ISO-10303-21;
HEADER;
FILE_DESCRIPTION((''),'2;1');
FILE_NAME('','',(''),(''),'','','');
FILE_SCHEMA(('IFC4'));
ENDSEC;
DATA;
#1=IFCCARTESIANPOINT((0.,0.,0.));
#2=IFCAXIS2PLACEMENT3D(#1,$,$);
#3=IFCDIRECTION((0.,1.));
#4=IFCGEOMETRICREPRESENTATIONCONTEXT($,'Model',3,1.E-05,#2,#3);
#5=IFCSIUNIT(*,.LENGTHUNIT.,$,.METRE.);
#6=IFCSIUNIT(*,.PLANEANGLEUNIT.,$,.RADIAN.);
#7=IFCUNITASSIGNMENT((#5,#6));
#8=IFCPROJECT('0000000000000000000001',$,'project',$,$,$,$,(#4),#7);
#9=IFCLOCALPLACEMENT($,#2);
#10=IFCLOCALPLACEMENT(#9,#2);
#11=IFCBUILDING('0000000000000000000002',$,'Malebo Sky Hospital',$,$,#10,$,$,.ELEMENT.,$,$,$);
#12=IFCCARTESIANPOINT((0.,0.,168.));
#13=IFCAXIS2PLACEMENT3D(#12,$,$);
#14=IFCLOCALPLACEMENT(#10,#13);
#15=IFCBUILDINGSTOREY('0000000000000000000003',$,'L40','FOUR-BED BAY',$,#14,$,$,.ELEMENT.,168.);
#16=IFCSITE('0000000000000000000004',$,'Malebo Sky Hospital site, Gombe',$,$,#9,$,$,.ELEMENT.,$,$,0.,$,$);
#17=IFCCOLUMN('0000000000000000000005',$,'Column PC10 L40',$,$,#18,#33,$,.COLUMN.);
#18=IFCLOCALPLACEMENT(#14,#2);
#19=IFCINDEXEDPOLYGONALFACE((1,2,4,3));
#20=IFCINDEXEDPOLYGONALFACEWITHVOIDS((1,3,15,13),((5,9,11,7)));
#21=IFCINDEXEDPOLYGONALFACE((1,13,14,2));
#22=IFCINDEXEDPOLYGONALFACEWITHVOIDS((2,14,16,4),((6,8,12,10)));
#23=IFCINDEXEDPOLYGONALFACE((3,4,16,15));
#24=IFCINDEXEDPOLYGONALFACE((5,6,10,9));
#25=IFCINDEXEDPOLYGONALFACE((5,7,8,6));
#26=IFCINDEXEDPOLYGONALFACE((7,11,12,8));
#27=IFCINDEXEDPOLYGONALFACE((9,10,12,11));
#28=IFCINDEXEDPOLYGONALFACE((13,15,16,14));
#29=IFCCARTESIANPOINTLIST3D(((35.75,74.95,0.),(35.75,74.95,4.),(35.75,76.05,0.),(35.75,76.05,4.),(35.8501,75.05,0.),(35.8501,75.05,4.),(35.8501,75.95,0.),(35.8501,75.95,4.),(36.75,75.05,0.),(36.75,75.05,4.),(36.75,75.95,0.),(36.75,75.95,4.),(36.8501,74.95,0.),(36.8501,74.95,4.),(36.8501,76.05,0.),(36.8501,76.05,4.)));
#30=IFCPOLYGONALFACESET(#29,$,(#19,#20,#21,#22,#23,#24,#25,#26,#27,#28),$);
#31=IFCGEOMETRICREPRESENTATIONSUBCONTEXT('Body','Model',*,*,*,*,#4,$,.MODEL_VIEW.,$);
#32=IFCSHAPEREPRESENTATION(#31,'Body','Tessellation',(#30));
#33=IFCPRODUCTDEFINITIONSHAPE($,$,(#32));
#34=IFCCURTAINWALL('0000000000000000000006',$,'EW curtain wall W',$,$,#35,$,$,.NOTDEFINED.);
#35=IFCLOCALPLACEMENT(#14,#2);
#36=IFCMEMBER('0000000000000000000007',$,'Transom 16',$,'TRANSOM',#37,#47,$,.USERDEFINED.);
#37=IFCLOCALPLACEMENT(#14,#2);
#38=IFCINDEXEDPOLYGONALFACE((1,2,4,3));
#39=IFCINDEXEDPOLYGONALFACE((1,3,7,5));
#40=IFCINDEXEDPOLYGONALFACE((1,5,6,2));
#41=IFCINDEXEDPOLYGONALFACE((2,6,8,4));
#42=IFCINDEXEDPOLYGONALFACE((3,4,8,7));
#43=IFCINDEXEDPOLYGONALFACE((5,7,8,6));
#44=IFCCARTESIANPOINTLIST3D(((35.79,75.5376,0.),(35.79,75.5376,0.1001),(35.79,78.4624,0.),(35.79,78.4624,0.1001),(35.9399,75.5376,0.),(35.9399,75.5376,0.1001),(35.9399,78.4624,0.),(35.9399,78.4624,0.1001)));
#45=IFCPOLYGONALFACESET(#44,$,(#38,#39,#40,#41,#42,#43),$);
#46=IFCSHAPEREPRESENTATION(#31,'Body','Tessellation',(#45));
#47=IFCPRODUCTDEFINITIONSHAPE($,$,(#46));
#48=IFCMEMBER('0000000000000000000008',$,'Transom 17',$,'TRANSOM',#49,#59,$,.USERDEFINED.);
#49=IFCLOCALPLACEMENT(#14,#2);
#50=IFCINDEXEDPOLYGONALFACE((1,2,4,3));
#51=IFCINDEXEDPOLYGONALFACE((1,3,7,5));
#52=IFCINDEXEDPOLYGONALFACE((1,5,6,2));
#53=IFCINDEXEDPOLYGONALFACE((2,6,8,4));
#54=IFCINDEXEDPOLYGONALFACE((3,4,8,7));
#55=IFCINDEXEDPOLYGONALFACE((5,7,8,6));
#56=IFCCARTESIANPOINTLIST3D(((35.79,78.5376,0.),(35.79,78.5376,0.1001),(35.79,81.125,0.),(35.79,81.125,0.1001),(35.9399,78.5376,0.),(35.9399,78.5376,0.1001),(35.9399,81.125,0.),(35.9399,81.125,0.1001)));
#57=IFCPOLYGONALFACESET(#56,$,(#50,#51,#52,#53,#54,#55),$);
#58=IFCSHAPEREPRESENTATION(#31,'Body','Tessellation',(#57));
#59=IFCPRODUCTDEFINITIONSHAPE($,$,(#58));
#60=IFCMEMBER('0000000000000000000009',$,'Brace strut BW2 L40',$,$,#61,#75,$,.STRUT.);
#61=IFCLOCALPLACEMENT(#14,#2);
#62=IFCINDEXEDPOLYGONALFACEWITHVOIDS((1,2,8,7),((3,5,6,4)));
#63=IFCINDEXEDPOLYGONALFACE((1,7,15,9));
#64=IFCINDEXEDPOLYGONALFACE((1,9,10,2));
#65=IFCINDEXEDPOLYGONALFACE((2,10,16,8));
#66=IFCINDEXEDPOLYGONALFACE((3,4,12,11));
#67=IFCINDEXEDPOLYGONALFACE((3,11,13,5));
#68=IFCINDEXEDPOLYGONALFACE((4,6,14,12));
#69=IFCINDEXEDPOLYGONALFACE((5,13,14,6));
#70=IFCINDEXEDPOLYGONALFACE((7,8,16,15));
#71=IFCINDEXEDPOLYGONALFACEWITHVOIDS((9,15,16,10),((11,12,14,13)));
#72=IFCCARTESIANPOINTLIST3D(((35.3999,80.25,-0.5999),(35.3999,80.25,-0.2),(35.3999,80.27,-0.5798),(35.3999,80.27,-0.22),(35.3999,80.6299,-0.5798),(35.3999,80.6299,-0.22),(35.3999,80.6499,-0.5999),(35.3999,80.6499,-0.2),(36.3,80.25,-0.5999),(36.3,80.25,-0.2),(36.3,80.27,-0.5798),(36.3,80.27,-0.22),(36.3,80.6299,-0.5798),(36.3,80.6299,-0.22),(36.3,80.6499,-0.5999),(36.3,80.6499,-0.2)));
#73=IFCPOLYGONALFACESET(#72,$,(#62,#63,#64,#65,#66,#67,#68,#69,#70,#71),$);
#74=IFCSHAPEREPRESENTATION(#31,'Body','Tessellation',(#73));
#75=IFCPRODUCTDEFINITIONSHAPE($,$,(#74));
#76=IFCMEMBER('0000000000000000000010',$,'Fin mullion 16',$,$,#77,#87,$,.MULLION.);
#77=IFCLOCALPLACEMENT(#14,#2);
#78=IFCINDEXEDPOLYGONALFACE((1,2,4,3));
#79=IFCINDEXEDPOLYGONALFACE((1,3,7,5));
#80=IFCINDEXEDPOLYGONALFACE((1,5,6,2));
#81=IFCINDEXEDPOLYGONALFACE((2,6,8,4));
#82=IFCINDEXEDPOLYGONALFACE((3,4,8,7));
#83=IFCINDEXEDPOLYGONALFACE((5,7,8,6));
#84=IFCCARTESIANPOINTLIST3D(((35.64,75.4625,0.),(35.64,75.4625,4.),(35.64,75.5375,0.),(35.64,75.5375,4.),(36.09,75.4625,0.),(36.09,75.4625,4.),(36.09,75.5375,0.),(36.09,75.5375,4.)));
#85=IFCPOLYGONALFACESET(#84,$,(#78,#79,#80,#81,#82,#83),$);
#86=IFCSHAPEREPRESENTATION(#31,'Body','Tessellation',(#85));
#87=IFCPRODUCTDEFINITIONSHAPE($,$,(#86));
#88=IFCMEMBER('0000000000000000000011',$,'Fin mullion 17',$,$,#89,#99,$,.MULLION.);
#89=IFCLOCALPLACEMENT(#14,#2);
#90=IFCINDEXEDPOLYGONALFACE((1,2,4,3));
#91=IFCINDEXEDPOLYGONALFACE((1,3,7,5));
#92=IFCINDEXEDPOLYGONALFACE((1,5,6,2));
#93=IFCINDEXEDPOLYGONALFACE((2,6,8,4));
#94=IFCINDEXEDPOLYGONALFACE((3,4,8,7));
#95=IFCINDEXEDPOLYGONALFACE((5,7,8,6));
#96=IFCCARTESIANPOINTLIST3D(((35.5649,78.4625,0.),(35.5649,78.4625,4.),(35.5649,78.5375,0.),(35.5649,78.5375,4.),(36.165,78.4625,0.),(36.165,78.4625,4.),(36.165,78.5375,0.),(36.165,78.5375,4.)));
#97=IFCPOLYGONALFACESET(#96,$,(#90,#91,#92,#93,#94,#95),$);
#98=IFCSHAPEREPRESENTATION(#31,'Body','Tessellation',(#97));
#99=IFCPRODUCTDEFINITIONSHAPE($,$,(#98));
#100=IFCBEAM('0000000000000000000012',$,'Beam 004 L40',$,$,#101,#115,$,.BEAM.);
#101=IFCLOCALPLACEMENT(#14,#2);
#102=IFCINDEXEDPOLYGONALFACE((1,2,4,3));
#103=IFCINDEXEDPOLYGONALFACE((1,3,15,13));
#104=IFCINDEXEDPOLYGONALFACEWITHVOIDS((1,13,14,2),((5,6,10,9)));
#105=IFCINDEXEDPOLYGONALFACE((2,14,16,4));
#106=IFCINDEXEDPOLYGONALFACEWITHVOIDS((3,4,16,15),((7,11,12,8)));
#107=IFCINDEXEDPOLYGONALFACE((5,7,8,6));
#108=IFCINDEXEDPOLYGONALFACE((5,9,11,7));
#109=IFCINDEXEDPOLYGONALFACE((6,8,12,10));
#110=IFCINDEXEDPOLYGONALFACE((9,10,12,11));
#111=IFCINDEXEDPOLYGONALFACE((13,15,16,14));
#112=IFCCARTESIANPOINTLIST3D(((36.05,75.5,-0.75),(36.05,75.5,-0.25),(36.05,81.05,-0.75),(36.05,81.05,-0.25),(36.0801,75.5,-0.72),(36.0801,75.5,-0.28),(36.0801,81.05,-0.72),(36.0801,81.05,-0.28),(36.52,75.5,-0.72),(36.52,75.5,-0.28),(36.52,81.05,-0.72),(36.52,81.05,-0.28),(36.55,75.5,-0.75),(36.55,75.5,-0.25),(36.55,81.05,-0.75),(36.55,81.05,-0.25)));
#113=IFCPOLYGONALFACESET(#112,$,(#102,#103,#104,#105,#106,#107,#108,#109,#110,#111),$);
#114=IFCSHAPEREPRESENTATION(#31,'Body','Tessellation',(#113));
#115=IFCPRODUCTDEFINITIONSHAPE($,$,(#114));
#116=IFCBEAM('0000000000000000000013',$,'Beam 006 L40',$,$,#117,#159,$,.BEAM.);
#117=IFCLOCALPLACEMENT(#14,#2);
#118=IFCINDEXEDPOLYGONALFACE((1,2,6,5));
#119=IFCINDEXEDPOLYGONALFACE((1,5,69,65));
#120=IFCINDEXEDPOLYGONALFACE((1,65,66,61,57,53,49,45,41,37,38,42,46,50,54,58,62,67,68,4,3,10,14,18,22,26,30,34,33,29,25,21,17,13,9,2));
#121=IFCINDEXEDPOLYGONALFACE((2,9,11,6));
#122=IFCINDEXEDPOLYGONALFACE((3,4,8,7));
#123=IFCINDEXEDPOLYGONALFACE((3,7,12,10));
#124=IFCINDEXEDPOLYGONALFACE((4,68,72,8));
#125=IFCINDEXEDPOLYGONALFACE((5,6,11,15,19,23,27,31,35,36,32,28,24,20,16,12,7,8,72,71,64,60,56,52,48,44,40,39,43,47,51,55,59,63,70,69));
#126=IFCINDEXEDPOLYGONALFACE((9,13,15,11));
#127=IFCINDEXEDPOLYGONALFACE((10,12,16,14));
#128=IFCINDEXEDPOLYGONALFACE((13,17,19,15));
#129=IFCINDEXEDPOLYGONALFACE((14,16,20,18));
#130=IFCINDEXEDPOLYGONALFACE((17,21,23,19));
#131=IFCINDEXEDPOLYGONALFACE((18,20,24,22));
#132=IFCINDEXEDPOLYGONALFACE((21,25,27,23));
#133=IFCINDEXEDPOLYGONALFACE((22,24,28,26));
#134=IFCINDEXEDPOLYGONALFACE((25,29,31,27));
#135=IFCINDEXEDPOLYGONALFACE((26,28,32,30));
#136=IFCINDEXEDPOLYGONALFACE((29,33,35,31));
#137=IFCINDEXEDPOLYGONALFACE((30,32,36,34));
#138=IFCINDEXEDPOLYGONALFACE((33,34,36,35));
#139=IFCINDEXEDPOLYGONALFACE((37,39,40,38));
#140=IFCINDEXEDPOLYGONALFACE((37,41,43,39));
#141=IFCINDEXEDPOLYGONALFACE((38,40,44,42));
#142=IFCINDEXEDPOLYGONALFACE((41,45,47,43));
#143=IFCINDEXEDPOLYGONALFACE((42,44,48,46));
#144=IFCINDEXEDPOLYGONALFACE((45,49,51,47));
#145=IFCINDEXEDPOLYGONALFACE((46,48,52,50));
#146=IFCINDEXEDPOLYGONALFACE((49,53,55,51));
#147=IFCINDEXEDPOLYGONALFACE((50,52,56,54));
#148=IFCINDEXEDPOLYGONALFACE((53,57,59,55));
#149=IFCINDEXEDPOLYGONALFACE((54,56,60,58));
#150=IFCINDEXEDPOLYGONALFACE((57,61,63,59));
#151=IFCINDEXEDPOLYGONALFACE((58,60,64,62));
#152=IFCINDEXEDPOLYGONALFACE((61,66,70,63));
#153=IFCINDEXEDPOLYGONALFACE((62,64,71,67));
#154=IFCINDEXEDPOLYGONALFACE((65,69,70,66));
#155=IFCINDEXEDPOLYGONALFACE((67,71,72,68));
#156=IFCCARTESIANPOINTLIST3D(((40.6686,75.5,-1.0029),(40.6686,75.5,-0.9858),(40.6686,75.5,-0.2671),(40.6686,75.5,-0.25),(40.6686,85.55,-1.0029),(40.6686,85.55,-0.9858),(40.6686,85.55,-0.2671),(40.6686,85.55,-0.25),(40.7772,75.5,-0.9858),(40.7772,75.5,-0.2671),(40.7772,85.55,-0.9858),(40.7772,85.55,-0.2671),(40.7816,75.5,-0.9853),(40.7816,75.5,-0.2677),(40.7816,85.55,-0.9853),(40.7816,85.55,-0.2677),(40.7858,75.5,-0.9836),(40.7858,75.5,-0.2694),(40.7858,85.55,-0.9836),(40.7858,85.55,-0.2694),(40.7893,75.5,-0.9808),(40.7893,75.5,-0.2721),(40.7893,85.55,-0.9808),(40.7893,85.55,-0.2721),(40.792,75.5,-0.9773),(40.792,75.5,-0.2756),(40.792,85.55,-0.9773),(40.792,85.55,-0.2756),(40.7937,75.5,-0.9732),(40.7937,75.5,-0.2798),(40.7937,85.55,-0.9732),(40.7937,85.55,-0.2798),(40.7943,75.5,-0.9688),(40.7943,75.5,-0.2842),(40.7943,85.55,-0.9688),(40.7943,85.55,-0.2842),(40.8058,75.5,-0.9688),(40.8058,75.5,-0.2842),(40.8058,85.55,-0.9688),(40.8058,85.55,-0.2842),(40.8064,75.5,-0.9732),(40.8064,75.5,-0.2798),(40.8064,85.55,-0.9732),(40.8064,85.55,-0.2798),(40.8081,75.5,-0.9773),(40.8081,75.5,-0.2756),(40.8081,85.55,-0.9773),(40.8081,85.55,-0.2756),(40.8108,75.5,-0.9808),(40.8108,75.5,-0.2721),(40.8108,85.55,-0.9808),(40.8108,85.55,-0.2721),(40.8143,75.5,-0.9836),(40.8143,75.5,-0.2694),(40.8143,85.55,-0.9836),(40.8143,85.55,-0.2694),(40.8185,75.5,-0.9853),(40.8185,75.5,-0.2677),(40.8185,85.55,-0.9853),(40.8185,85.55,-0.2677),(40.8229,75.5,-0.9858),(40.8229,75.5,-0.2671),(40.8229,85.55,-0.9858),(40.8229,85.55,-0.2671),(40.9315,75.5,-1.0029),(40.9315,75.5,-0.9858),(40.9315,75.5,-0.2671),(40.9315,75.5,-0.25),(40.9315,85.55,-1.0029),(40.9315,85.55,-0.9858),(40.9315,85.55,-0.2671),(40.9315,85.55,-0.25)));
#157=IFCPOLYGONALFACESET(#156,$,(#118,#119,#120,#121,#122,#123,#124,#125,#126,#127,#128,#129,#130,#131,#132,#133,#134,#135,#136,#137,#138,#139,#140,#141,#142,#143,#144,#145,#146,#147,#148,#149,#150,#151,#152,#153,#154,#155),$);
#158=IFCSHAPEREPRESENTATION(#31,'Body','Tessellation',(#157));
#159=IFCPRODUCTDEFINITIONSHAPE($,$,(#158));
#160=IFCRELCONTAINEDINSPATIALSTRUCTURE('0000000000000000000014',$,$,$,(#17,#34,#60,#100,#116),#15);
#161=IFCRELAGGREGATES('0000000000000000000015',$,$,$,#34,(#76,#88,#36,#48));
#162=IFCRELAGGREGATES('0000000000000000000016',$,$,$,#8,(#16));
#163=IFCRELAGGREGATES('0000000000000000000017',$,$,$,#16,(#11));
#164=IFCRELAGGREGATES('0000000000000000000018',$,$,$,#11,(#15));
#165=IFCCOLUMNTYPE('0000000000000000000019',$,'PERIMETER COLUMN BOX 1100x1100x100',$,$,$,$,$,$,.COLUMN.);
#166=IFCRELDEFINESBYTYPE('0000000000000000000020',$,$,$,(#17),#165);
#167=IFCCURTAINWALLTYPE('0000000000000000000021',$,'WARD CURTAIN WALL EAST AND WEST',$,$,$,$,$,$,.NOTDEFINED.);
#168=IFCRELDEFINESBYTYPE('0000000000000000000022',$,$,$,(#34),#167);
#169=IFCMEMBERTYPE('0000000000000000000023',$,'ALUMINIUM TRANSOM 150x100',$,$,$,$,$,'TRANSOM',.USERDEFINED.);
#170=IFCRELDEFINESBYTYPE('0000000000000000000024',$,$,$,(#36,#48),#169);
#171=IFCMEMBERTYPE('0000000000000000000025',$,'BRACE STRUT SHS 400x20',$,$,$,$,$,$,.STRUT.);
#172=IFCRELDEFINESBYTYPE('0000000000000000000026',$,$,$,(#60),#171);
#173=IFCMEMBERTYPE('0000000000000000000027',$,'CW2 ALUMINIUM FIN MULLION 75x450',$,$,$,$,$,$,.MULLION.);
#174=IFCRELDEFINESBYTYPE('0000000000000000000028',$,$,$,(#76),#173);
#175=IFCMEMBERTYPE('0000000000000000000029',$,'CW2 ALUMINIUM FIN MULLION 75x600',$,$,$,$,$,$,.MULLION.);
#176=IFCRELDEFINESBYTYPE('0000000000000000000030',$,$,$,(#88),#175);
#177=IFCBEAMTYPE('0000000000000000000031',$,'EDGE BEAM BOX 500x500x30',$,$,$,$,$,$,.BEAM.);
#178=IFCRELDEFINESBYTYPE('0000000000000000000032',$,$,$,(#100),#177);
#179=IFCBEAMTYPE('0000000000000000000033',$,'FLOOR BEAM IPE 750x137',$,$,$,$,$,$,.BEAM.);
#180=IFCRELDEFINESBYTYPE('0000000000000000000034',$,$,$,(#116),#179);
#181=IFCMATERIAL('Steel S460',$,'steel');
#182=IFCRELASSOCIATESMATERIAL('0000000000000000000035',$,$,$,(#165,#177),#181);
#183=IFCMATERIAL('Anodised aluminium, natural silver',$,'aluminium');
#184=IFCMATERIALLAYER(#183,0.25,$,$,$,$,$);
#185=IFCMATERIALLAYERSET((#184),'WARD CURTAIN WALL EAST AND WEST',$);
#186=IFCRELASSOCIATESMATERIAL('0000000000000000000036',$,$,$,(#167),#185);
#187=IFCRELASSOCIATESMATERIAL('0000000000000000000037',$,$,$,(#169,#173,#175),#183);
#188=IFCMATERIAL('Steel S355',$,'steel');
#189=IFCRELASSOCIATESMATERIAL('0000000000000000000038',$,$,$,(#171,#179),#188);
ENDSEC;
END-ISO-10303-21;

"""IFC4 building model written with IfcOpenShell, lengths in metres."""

from ifc_helpers import new_model, si_unit, direction, frame, origin, origin_2d, place, context, subcontext, project, spatial, rectangle, hollow_rectangle, i_section, extrude, material, layer, layer_set, material_profile, profile_set, type_object, element, aggregate, save


model = new_model("IFC4")

# Units and contexts
model_context = context("Model", 3, precision=1e-05, world=origin(), true_north=direction((0.0, 1.0)))
body_context = subcontext(model_context, "Body", "Model", "MODEL_VIEW")
ifc_project = project(units=[si_unit("LENGTHUNIT", "METRE"), si_unit("PLANEANGLEUNIT", "RADIAN")], contexts=[model_context])

# Site, building, storey
site_placement = place(None, origin())
site = spatial("IfcSite", under=ifc_project, at=site_placement, Name="Malebo Sky Hospital site, Gombe", CompositionType="ELEMENT", RefElevation=0.0)
building_placement = place(site_placement, origin())
building = spatial("IfcBuilding", under=site, at=building_placement, Name="Malebo Sky Hospital", CompositionType="ELEMENT")
storey_placement = place(building_placement, frame((0.0, 0.0, 168.0)))
storey = spatial("IfcBuildingStorey", under=building, at=storey_placement, Name="L40", Description="FOUR-BED BAY", CompositionType="ELEMENT", Elevation=168.0)

# Column
ifc_material_1 = material(Name="Steel S460", Category="steel")
ifc_material_profile_1 = material_profile(ifc_material_1, hollow_rectangle(XDim=1.1001, YDim=1.1001, WallThickness=0.1001, at=origin_2d()), Name="BOX 1100x1100x100")
ifc_profile_set_1 = profile_set([ifc_material_profile_1], Name="Steel S460")
column_type = type_object("IfcColumnType", Name="PERIMETER COLUMN BOX 1100x1100x100", PredefinedType="COLUMN", material=ifc_profile_set_1)
column_placement = place(storey_placement, frame((36.3, 75.5, 0.0), z_axis=(0.0, 0.0, 1.0), x_axis=(1.0, 0.0, 0.0)))
element("IfcColumn", 1, at=column_placement, inside=storey, type_object=column_type, Name="Column PC10 L40", PredefinedType="COLUMN", context=body_context, shape_type="SweptSolid", body=[
    extrude(hollow_rectangle(XDim=1.1001, YDim=1.1001, WallThickness=0.1001, at=origin_2d()), origin(), (0.0, 0.0, 1.0), 4.0),
])

# Curtain wall, members
ifc_material_2 = material(Name="Anodised aluminium, natural silver", Category="aluminium")
ifc_layer_1 = layer(ifc_material_2, 0.25)
ifc_layer_set_1 = layer_set([ifc_layer_1], Name="WARD CURTAIN WALL EAST AND WEST")
curtain_wall_type = type_object("IfcCurtainWallType", Name="WARD CURTAIN WALL EAST AND WEST", PredefinedType="NOTDEFINED", material=ifc_layer_set_1)
curtain_wall_placement = place(storey_placement, origin())
curtain_wall = element("IfcCurtainWall", 2, at=curtain_wall_placement, inside=storey, type_object=curtain_wall_type, Name="EW curtain wall W", PredefinedType="NOTDEFINED")
ifc_material_profile_2 = material_profile(ifc_material_2, rectangle(XDim=0.1499, YDim=0.1001, at=origin_2d()), Name="ALUMINIUM TRANSOM 150x100")
ifc_profile_set_2 = profile_set([ifc_material_profile_2], Name="Anodised aluminium, natural silver")
member_type_1 = type_object("IfcMemberType", Name="ALUMINIUM TRANSOM 150x100", ElementType="TRANSOM", PredefinedType="USERDEFINED", material=ifc_profile_set_2)
member_1_placement = place(storey_placement, frame((35.865, 75.5376, 0.05), z_axis=(0.0, 1.0, 0.0), x_axis=(-1.0, 0.0, 0.0)))
member_1 = element("IfcMember", 3, at=member_1_placement, type_object=member_type_1, Name="Transom 16", ObjectType="TRANSOM", PredefinedType="USERDEFINED", context=body_context, shape_type="SweptSolid", body=[
    extrude(rectangle(XDim=0.1499, YDim=0.1001, at=origin_2d()), origin(), (0.0, 0.0, 1.0), 2.9248),
])
member_2_placement = place(storey_placement, frame((35.865, 78.5376, 0.05), z_axis=(0.0, 1.0, 0.0), x_axis=(-1.0, 0.0, 0.0)))
member_2 = element("IfcMember", 4, at=member_2_placement, type_object=member_type_1, Name="Transom 17", ObjectType="TRANSOM", PredefinedType="USERDEFINED", context=body_context, shape_type="SweptSolid", body=[
    extrude(rectangle(XDim=0.1499, YDim=0.1001, at=origin_2d()), origin(), (0.0, 0.0, 1.0), 2.5874),
])

# Members
ifc_material_3 = material(Name="Steel S355", Category="steel")
ifc_material_profile_3 = material_profile(ifc_material_3, hollow_rectangle(XDim=0.3999, YDim=0.3999, WallThickness=0.02, at=origin_2d()), Name="SHS 400x20")
ifc_profile_set_3 = profile_set([ifc_material_profile_3], Name="Steel S355")
member_type_2 = type_object("IfcMemberType", Name="BRACE STRUT SHS 400x20", PredefinedType="STRUT", material=ifc_profile_set_3)
member_3_placement = place(storey_placement, frame((35.3999, 80.45, -0.3999), z_axis=(1.0, 0.0, 0.0), x_axis=(0.0, 1.0, 0.0)))
element("IfcMember", 5, at=member_3_placement, inside=storey, type_object=member_type_2, Name="Brace strut BW2 L40", PredefinedType="STRUT", context=body_context, shape_type="SweptSolid", body=[
    extrude(hollow_rectangle(XDim=0.3999, YDim=0.3999, WallThickness=0.02, at=origin_2d()), origin(), (0.0, 0.0, 1.0), 0.9001),
])
ifc_material_profile_4 = material_profile(ifc_material_2, rectangle(XDim=0.075, YDim=0.45, at=origin_2d()), Name="CW2 ALUMINIUM FIN MULLION 75x450")
ifc_profile_set_4 = profile_set([ifc_material_profile_4], Name="Anodised aluminium, natural silver")
member_type_3 = type_object("IfcMemberType", Name="CW2 ALUMINIUM FIN MULLION 75x450", PredefinedType="MULLION", material=ifc_profile_set_4)
member_4_placement = place(storey_placement, frame((35.865, 75.5, 0.0), z_axis=(0.0, 0.0, 1.0), x_axis=(0.0, 1.0, 0.0)))
member_4 = element("IfcMember", 6, at=member_4_placement, type_object=member_type_3, Name="Fin mullion 16", PredefinedType="MULLION", context=body_context, shape_type="SweptSolid", body=[
    extrude(rectangle(XDim=0.075, YDim=0.45, at=origin_2d()), origin(), (0.0, 0.0, 1.0), 4.0),
])
ifc_material_profile_5 = material_profile(ifc_material_2, rectangle(XDim=0.075, YDim=0.6001, at=origin_2d()), Name="CW2 ALUMINIUM FIN MULLION 75x600")
ifc_profile_set_5 = profile_set([ifc_material_profile_5], Name="Anodised aluminium, natural silver")
member_type_4 = type_object("IfcMemberType", Name="CW2 ALUMINIUM FIN MULLION 75x600", PredefinedType="MULLION", material=ifc_profile_set_5)
member_5_placement = place(storey_placement, frame((35.865, 78.5, 0.0), z_axis=(0.0, 0.0, 1.0), x_axis=(0.0, 1.0, 0.0)))
member_5 = element("IfcMember", 7, at=member_5_placement, type_object=member_type_4, Name="Fin mullion 17", PredefinedType="MULLION", context=body_context, shape_type="SweptSolid", body=[
    extrude(rectangle(XDim=0.075, YDim=0.6001, at=origin_2d()), origin(), (0.0, 0.0, 1.0), 4.0),
])

# Beams
ifc_material_profile_6 = material_profile(ifc_material_1, hollow_rectangle(XDim=0.5, YDim=0.5, WallThickness=0.03, at=origin_2d()), Name="BOX 500x500x30")
ifc_profile_set_6 = profile_set([ifc_material_profile_6], Name="Steel S460")
beam_type_1 = type_object("IfcBeamType", Name="EDGE BEAM BOX 500x500x30", PredefinedType="BEAM", material=ifc_profile_set_6)
beam_1_placement = place(storey_placement, frame((36.3, 75.5, -0.5), z_axis=(0.0, 1.0, 0.0), x_axis=(-1.0, 0.0, 0.0)))
element("IfcBeam", 8, at=beam_1_placement, inside=storey, type_object=beam_type_1, Name="Beam 004 L40", PredefinedType="BEAM", context=body_context, shape_type="SweptSolid", body=[
    extrude(hollow_rectangle(XDim=0.5, YDim=0.5, WallThickness=0.03, at=origin_2d()), origin(), (0.0, 0.0, 1.0), 5.55),
])
ifc_material_profile_7 = material_profile(ifc_material_3, i_section(OverallWidth=0.2629, OverallDepth=0.7529, WebThickness=0.0115, FlangeThickness=0.0171, FilletRadius=0.0171, at=origin_2d()), Name="IPE 750x137")
ifc_profile_set_7 = profile_set([ifc_material_profile_7], Name="Steel S355")
beam_type_2 = type_object("IfcBeamType", Name="FLOOR BEAM IPE 750x137", PredefinedType="BEAM", material=ifc_profile_set_7)
beam_2_placement = place(storey_placement, frame((40.8, 75.5, -0.6265), z_axis=(0.0, 1.0, 0.0), x_axis=(-1.0, 0.0, 0.0)))
element("IfcBeam", 9, at=beam_2_placement, inside=storey, type_object=beam_type_2, Name="Beam 006 L40", PredefinedType="BEAM", context=body_context, shape_type="SweptSolid", body=[
    extrude(i_section(OverallWidth=0.2629, OverallDepth=0.7529, WebThickness=0.0115, FlangeThickness=0.0171, FilletRadius=0.0171, at=origin_2d()), origin(), (0.0, 0.0, 1.0), 10.05),
])

aggregate(curtain_wall, [member_4, member_5, member_1, member_2])

save(model, "model.ifc")
